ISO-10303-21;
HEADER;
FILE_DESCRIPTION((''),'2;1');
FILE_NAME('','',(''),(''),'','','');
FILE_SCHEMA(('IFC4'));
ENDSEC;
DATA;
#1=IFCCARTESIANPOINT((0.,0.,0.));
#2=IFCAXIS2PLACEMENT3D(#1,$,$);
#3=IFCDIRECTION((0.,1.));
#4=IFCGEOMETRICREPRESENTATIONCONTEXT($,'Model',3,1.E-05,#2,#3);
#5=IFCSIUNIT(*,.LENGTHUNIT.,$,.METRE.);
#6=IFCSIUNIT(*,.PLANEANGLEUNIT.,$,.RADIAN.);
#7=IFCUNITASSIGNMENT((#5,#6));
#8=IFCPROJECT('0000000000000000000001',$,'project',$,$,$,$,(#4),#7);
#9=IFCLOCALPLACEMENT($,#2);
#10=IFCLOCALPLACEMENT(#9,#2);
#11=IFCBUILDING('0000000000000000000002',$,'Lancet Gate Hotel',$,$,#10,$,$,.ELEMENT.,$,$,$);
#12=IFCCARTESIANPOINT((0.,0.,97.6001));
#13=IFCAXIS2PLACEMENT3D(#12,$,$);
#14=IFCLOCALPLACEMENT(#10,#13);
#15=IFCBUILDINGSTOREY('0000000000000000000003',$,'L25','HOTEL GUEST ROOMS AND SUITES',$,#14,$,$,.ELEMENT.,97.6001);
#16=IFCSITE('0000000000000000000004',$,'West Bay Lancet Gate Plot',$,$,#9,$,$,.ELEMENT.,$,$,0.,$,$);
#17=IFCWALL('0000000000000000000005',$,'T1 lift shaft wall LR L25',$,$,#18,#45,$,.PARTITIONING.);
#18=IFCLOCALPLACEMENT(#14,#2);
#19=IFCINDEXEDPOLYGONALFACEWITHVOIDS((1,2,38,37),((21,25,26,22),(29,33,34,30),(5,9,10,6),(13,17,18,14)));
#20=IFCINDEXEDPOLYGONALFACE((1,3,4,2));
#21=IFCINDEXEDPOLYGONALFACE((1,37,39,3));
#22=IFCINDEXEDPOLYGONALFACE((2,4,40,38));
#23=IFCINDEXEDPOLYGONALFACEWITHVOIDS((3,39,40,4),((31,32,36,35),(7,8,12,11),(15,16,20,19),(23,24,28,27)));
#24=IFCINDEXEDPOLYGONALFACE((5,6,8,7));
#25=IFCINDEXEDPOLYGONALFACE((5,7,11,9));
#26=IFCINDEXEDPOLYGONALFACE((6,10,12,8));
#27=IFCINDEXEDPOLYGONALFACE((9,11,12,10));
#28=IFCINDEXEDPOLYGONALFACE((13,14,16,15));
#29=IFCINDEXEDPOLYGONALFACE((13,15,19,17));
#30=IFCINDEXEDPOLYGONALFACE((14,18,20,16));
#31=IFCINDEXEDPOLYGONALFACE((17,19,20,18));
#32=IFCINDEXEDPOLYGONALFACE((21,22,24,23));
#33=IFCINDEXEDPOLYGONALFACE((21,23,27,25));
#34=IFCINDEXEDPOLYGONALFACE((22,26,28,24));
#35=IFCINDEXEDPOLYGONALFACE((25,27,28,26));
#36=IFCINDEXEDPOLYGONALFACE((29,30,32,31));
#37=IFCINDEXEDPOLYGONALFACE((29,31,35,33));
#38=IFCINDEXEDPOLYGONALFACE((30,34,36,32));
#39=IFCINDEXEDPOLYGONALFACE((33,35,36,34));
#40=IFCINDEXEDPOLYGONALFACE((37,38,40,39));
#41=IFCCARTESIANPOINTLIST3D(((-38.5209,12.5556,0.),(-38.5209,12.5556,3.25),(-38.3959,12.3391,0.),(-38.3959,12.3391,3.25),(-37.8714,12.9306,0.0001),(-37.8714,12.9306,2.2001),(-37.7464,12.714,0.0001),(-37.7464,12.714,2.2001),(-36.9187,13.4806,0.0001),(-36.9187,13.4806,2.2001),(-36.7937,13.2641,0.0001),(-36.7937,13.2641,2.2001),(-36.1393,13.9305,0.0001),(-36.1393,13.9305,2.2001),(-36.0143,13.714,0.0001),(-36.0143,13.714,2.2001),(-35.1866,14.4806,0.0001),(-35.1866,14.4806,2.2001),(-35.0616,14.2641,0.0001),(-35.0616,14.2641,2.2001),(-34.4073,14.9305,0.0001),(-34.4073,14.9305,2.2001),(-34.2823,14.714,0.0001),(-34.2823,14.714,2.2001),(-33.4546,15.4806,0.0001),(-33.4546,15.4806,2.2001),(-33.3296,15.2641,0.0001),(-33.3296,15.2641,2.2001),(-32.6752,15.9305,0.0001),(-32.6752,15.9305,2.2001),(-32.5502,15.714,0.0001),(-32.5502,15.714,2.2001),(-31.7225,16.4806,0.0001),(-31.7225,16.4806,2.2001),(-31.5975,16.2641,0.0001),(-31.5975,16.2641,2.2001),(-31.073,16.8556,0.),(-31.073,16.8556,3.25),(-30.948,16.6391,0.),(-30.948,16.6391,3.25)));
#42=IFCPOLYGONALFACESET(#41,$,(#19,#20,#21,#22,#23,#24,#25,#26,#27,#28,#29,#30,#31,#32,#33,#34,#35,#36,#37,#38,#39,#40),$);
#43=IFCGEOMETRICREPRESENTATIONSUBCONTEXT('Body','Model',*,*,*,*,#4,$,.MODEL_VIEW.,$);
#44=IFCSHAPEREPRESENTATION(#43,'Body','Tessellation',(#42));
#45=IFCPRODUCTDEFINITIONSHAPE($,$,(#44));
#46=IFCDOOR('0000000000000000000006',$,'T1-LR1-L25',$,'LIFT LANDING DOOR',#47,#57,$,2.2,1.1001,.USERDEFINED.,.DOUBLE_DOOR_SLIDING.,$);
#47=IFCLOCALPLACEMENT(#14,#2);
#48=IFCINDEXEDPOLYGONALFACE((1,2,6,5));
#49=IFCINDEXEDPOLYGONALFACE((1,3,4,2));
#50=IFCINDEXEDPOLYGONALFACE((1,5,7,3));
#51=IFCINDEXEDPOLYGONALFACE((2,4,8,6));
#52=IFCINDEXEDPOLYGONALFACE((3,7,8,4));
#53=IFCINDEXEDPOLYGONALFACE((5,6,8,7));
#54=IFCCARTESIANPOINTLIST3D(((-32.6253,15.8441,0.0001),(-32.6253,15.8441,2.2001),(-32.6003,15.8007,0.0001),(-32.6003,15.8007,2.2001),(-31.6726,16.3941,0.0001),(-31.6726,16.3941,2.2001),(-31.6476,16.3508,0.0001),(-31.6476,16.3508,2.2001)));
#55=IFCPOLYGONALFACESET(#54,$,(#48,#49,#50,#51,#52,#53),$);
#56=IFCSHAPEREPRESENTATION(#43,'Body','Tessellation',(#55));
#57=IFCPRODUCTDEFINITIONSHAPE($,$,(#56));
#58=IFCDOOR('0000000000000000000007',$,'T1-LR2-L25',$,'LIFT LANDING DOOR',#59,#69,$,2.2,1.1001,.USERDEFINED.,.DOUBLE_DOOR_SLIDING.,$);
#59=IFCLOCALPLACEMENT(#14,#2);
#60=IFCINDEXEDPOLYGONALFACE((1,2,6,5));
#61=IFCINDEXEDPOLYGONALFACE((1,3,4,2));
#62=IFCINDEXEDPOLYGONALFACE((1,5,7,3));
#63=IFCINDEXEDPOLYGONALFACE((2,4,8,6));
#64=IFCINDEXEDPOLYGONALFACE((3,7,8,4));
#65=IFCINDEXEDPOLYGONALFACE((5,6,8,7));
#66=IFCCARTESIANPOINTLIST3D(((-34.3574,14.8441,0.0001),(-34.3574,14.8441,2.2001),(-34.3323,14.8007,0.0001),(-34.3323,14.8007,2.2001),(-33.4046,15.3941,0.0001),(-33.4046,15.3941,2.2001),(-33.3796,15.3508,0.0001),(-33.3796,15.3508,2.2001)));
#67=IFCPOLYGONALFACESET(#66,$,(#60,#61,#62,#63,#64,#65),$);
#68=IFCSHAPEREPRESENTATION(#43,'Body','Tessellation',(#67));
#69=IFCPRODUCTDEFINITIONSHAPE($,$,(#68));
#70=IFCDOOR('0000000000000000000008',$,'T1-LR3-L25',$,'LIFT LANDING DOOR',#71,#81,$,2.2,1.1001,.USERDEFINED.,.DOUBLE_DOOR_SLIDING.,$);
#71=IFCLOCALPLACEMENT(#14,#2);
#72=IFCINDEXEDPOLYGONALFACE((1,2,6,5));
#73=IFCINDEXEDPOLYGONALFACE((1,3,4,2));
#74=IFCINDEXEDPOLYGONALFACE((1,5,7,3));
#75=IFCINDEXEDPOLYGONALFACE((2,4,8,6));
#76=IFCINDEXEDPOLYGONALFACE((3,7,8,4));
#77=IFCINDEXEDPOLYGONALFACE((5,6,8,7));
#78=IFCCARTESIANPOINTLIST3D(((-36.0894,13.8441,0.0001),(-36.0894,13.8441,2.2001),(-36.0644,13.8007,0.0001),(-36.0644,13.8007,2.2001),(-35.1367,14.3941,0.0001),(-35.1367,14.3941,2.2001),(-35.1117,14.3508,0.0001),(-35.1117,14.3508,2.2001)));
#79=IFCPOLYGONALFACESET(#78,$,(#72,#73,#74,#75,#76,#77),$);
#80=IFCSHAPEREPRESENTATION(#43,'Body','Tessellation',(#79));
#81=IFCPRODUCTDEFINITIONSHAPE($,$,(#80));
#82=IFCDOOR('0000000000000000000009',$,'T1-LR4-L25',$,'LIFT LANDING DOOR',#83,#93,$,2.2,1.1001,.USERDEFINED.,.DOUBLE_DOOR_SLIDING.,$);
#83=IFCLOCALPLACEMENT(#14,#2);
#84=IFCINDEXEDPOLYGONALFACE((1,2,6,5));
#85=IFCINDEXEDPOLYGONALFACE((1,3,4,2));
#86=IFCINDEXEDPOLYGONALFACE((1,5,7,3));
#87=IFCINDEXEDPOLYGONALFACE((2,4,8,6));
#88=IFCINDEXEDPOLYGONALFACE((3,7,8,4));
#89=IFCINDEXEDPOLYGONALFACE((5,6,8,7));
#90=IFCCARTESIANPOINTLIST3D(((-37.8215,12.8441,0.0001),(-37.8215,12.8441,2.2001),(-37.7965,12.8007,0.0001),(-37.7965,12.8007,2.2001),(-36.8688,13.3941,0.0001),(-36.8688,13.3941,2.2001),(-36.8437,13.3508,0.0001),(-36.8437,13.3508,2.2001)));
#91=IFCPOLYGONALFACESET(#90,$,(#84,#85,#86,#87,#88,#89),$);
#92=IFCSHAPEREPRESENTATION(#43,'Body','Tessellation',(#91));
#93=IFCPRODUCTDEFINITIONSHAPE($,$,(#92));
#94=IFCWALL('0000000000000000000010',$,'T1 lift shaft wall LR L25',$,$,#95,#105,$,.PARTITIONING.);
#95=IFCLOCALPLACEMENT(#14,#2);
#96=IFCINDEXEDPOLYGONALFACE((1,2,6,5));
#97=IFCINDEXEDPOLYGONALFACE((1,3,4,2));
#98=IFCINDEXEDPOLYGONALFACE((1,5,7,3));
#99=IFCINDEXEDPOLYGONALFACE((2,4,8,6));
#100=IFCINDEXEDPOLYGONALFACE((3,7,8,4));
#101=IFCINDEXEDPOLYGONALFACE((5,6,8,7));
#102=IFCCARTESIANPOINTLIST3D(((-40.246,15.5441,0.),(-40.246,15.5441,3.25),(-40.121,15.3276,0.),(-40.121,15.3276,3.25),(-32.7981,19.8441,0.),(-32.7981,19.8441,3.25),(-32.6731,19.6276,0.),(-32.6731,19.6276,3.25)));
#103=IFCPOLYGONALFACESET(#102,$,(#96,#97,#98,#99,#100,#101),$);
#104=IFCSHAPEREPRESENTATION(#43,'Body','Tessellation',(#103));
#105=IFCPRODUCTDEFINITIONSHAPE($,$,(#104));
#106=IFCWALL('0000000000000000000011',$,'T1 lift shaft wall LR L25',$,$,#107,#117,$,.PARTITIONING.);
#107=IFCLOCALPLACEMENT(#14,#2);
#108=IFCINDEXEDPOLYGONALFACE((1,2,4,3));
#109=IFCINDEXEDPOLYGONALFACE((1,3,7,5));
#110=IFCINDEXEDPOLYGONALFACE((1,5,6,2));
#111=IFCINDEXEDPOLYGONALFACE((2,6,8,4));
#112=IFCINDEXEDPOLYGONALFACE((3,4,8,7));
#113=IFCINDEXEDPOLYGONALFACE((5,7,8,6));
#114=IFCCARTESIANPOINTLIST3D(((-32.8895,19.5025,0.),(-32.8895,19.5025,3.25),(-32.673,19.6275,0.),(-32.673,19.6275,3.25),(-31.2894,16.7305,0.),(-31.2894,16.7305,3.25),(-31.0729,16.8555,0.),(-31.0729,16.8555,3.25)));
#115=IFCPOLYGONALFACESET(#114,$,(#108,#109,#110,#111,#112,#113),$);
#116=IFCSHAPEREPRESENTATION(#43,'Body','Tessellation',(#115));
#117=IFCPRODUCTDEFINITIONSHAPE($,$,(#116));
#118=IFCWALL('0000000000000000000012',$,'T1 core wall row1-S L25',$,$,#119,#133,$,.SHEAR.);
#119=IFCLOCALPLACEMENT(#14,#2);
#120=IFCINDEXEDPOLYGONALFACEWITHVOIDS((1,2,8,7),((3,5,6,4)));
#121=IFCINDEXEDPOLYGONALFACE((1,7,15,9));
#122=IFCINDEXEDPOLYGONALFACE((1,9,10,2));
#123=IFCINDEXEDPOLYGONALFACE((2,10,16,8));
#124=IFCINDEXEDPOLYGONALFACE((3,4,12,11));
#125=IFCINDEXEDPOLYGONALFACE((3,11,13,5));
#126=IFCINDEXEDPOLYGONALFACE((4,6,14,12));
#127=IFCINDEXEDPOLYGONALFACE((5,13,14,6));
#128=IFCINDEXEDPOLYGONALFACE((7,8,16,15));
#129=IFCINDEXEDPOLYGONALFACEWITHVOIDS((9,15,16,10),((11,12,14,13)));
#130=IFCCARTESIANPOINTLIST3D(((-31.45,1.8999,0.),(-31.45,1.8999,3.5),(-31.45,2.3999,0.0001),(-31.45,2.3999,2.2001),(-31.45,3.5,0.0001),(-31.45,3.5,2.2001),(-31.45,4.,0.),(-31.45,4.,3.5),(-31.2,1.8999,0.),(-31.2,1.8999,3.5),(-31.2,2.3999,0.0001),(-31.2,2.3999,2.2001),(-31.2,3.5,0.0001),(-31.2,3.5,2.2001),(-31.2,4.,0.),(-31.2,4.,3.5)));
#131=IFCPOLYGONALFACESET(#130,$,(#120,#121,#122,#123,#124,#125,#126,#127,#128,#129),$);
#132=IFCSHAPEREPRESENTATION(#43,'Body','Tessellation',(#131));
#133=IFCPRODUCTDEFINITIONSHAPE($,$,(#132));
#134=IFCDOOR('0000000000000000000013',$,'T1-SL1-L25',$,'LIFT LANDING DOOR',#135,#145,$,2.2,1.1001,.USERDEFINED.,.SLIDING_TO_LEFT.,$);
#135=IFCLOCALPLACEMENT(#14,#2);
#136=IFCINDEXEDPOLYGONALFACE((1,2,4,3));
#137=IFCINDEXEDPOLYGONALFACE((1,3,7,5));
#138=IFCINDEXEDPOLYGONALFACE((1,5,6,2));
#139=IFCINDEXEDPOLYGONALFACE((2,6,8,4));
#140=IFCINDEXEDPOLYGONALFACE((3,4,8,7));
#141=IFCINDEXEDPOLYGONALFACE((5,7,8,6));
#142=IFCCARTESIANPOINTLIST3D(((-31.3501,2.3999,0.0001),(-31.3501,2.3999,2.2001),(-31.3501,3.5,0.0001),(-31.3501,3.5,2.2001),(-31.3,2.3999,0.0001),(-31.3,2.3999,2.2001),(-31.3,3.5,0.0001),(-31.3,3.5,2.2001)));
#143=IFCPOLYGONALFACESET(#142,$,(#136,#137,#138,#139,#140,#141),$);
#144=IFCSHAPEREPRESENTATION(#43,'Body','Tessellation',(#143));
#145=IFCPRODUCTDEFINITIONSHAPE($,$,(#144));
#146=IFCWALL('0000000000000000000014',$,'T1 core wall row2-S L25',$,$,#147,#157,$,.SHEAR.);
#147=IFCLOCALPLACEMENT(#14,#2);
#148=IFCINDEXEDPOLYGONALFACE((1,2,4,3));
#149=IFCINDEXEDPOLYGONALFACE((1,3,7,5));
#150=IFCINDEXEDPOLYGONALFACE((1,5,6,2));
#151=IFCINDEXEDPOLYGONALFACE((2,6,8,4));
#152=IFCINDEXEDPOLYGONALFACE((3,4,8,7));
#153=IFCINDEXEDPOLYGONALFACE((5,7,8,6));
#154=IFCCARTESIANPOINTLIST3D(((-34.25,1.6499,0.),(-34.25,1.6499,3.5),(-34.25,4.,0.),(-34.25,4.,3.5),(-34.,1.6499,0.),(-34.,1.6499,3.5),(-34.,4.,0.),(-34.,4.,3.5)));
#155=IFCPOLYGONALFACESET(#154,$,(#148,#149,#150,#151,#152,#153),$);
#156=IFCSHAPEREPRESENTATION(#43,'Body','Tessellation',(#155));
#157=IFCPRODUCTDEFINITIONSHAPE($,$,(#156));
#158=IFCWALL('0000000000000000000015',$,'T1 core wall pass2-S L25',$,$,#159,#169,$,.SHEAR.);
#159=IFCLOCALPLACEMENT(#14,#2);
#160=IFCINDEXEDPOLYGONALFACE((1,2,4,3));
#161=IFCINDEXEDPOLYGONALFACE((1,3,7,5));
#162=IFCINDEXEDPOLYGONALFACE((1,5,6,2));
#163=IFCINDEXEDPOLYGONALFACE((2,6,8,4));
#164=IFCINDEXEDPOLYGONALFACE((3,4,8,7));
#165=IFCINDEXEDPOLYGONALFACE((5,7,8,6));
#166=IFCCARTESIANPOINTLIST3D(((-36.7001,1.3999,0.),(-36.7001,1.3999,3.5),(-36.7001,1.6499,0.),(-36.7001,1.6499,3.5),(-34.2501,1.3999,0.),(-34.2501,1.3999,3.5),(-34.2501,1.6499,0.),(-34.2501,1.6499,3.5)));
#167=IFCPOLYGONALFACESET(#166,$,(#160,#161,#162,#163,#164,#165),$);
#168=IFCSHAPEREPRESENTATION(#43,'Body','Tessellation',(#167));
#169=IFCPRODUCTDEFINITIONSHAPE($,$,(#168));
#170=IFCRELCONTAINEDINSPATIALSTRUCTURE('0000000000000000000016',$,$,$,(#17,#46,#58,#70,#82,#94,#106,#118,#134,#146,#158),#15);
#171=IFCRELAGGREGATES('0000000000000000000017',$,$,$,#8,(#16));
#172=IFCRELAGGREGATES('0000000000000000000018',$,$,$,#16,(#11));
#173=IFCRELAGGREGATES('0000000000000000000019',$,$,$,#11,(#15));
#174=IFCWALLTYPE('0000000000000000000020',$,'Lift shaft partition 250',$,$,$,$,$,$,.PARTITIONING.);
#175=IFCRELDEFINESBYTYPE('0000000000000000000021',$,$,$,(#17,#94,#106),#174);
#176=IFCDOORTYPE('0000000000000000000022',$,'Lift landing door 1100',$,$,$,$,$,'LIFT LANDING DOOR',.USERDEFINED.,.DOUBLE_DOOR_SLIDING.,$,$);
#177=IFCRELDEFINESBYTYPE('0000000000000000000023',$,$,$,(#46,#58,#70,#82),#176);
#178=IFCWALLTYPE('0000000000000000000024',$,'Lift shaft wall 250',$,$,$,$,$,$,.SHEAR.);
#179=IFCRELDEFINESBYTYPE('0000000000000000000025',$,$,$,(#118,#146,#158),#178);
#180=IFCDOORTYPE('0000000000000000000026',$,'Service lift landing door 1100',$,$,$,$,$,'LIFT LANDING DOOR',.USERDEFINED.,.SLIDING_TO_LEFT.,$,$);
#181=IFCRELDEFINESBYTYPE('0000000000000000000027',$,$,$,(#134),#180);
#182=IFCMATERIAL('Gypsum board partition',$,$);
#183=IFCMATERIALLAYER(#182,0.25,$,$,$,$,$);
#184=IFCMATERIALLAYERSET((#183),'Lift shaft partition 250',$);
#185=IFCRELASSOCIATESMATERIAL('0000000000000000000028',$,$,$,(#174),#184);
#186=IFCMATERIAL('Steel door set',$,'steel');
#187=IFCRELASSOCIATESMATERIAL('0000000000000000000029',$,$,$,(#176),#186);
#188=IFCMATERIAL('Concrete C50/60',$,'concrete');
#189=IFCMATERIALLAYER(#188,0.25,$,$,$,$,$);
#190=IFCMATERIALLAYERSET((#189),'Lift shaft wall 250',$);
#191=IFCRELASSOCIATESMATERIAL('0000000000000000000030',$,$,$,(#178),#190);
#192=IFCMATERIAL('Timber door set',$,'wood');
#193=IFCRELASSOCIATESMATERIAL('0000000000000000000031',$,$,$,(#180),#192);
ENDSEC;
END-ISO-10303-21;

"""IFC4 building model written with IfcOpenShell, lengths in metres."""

from ifc_helpers import new_model, si_unit, direction, frame, frame_2d, origin, place, context, subcontext, project, spatial, rectangle, extrude, material, layer, layer_set, type_object, element, fill, save


model = new_model("IFC4")

# Units and contexts
model_context = context("Model", 3, precision=1e-05, world=origin(), true_north=direction((0.0, 1.0)))
body_context = subcontext(model_context, "Body", "Model", "MODEL_VIEW")
ifc_project = project(units=[si_unit("LENGTHUNIT", "METRE"), si_unit("PLANEANGLEUNIT", "RADIAN")], contexts=[model_context])

# Site, building, storey
site_placement = place(None, origin())
site = spatial("IfcSite", under=ifc_project, at=site_placement, Name="West Bay Lancet Gate Plot", CompositionType="ELEMENT", RefElevation=0.0)
building_placement = place(site_placement, origin())
building = spatial("IfcBuilding", under=site, at=building_placement, Name="Lancet Gate Hotel", CompositionType="ELEMENT")
storey_placement = place(building_placement, frame((0.0, 0.0, 97.6001)))
storey = spatial("IfcBuildingStorey", under=building, at=storey_placement, Name="L25", Description="HOTEL GUEST ROOMS AND SUITES", CompositionType="ELEMENT", Elevation=97.6001)

# Wall, openings, doors
ifc_material_1 = material(Name="Gypsum board partition")
ifc_layer_1 = layer(ifc_material_1, 0.25)
ifc_layer_set_1 = layer_set([ifc_layer_1], Name="Lift shaft partition 250")
wall_type_1 = type_object("IfcWallType", Name="Lift shaft partition 250", PredefinedType="PARTITIONING", material=ifc_layer_set_1)
wall_1_placement = place(storey_placement, frame((-31.0105, 16.7473, 0.0), z_axis=(0.0, 0.0, 1.0), x_axis=(-0.866028, -0.499995, 0.0)))
wall_1 = element("IfcWall", 1, at=wall_1_placement, inside=storey, type_object=wall_type_1, Name="T1 lift shaft wall LR L25", PredefinedType="PARTITIONING", context=body_context, shape_type="SweptSolid", body=[
    extrude(rectangle(XDim=8.6001, YDim=0.25, at=frame_2d((4.3, 0.0))), origin(), (0.0, 0.0, 1.0), 3.25),
])
opening_1_placement = place(wall_1_placement, frame((0.75, 0.0, 0.0)))
opening_1 = element("IfcOpeningElement", 2, at=opening_1_placement, cuts=wall_1, PredefinedType="OPENING", context=body_context, shape_type="SweptSolid", body=[
    extrude(rectangle(XDim=1.1001, YDim=2.2, at=frame_2d((0.55, 1.1001))), frame((0.0, 0.135, 0.0), z_axis=(0.0, -1.0, 0.0), x_axis=(1.0, 0.0, 0.0)), (0.0, 0.0, 1.0), 0.27),
])
opening_2_placement = place(wall_1_placement, frame((2.75, 0.0, 0.0)))
opening_2 = element("IfcOpeningElement", 3, at=opening_2_placement, cuts=wall_1, PredefinedType="OPENING", context=body_context, shape_type="SweptSolid", body=[
    extrude(rectangle(XDim=1.1001, YDim=2.2, at=frame_2d((0.55, 1.1001))), frame((0.0, 0.135, 0.0), z_axis=(0.0, -1.0, 0.0), x_axis=(1.0, 0.0, 0.0)), (0.0, 0.0, 1.0), 0.27),
])
opening_3_placement = place(wall_1_placement, frame((4.75, 0.0, 0.0)))
opening_3 = element("IfcOpeningElement", 4, at=opening_3_placement, cuts=wall_1, PredefinedType="OPENING", context=body_context, shape_type="SweptSolid", body=[
    extrude(rectangle(XDim=1.1001, YDim=2.2, at=frame_2d((0.55, 1.1001))), frame((0.0, 0.135, 0.0), z_axis=(0.0, -1.0, 0.0), x_axis=(1.0, 0.0, 0.0)), (0.0, 0.0, 1.0), 0.27),
])
opening_4_placement = place(wall_1_placement, frame((6.75, 0.0, 0.0)))
opening_4 = element("IfcOpeningElement", 5, at=opening_4_placement, cuts=wall_1, PredefinedType="OPENING", context=body_context, shape_type="SweptSolid", body=[
    extrude(rectangle(XDim=1.1001, YDim=2.2, at=frame_2d((0.55, 1.1001))), frame((0.0, 0.135, 0.0), z_axis=(0.0, -1.0, 0.0), x_axis=(1.0, 0.0, 0.0)), (0.0, 0.0, 1.0), 0.27),
])
ifc_material_2 = material(Name="Steel door set", Category="steel")
door_type_1 = type_object("IfcDoorType", Name="Lift landing door 1100", ElementType="LIFT LANDING DOOR", OperationType="DOUBLE_DOOR_SLIDING", PredefinedType="USERDEFINED", material=ifc_material_2)
door_1_placement = place(opening_1_placement, origin())
door_1 = element("IfcDoor", 6, at=door_1_placement, inside=storey, type_object=door_type_1, Name="T1-LR1-L25", ObjectType="LIFT LANDING DOOR", OperationType="DOUBLE_DOOR_SLIDING", OverallHeight=2.2, OverallWidth=1.1001, PredefinedType="USERDEFINED", context=body_context, shape_type="SweptSolid", body=[
    extrude(rectangle(XDim=1.1001, YDim=2.2, at=frame_2d((0.55, 1.1001))), frame((0.0, 0.0249, 0.0), z_axis=(0.0, -1.0, 0.0), x_axis=(1.0, 0.0, 0.0)), (0.0, 0.0, 1.0), 0.05),
])
fill(opening_1, door_1)
door_2_placement = place(opening_2_placement, origin())
door_2 = element("IfcDoor", 7, at=door_2_placement, inside=storey, type_object=door_type_1, Name="T1-LR2-L25", ObjectType="LIFT LANDING DOOR", OperationType="DOUBLE_DOOR_SLIDING", OverallHeight=2.2, OverallWidth=1.1001, PredefinedType="USERDEFINED", context=body_context, shape_type="SweptSolid", body=[
    extrude(rectangle(XDim=1.1001, YDim=2.2, at=frame_2d((0.55, 1.1001))), frame((0.0, 0.0249, 0.0), z_axis=(0.0, -1.0, 0.0), x_axis=(1.0, 0.0, 0.0)), (0.0, 0.0, 1.0), 0.05),
])
fill(opening_2, door_2)
door_3_placement = place(opening_3_placement, origin())
door_3 = element("IfcDoor", 8, at=door_3_placement, inside=storey, type_object=door_type_1, Name="T1-LR3-L25", ObjectType="LIFT LANDING DOOR", OperationType="DOUBLE_DOOR_SLIDING", OverallHeight=2.2, OverallWidth=1.1001, PredefinedType="USERDEFINED", context=body_context, shape_type="SweptSolid", body=[
    extrude(rectangle(XDim=1.1001, YDim=2.2, at=frame_2d((0.55, 1.1001))), frame((0.0, 0.0249, 0.0), z_axis=(0.0, -1.0, 0.0), x_axis=(1.0, 0.0, 0.0)), (0.0, 0.0, 1.0), 0.05),
])
fill(opening_3, door_3)
door_4_placement = place(opening_4_placement, origin())
door_4 = element("IfcDoor", 9, at=door_4_placement, inside=storey, type_object=door_type_1, Name="T1-LR4-L25", ObjectType="LIFT LANDING DOOR", OperationType="DOUBLE_DOOR_SLIDING", OverallHeight=2.2, OverallWidth=1.1001, PredefinedType="USERDEFINED", context=body_context, shape_type="SweptSolid", body=[
    extrude(rectangle(XDim=1.1001, YDim=2.2, at=frame_2d((0.55, 1.1001))), frame((0.0, 0.0249, 0.0), z_axis=(0.0, -1.0, 0.0), x_axis=(1.0, 0.0, 0.0)), (0.0, 0.0, 1.0), 0.05),
])
fill(opening_4, door_4)

# Walls
wall_2_placement = place(storey_placement, frame((-32.7356, 19.7358, 0.0), z_axis=(0.0, 0.0, 1.0), x_axis=(-0.866028, -0.499995, 0.0)))
element("IfcWall", 10, at=wall_2_placement, inside=storey, type_object=wall_type_1, Name="T1 lift shaft wall LR L25", PredefinedType="PARTITIONING", context=body_context, shape_type="SweptSolid", body=[
    extrude(rectangle(XDim=8.6001, YDim=0.25, at=frame_2d((4.3, 0.0))), origin(), (0.0, 0.0, 1.0), 3.25),
])
wall_3_placement = place(storey_placement, frame((-31.1812, 16.793, 0.0), z_axis=(0.0, 0.0, 1.0), x_axis=(-0.499929, 0.866066, 0.0)))
element("IfcWall", 11, at=wall_3_placement, inside=storey, type_object=wall_type_1, Name="T1 lift shaft wall LR L25", PredefinedType="PARTITIONING", context=body_context, shape_type="SweptSolid", body=[
    extrude(rectangle(XDim=3.2007, YDim=0.25, at=frame_2d((1.6003, 0.0))), origin(), (0.0, 0.0, 1.0), 3.25),
])

# Wall, opening, door
ifc_material_3 = material(Name="Concrete C50/60", Category="concrete")
ifc_layer_2 = layer(ifc_material_3, 0.25)
ifc_layer_set_2 = layer_set([ifc_layer_2], Name="Lift shaft wall 250")
wall_type_2 = type_object("IfcWallType", Name="Lift shaft wall 250", PredefinedType="SHEAR", material=ifc_layer_set_2)
wall_4_placement = place(storey_placement, frame((-31.325, 4.0, 0.0), z_axis=(0.0, 0.0, 1.0), x_axis=(0.0, -1.0, 0.0)))
wall_4 = element("IfcWall", 12, at=wall_4_placement, inside=storey, type_object=wall_type_2, Name="T1 core wall row1-S L25", PredefinedType="SHEAR", context=body_context, shape_type="SweptSolid", body=[
    extrude(rectangle(XDim=2.1001, YDim=0.25, at=frame_2d((1.05, 0.0))), origin(), (0.0, 0.0, 1.0), 3.5),
])
opening_5_placement = place(wall_4_placement, frame((0.5, 0.0, 0.0)))
opening_5 = element("IfcOpeningElement", 13, at=opening_5_placement, cuts=wall_4, PredefinedType="OPENING", context=body_context, shape_type="SweptSolid", body=[
    extrude(rectangle(XDim=1.1001, YDim=2.2, at=frame_2d((0.55, 1.1001))), frame((0.0, 0.135, 0.0), z_axis=(0.0, -1.0, 0.0), x_axis=(1.0, 0.0, 0.0)), (0.0, 0.0, 1.0), 0.27),
])
ifc_material_4 = material(Name="Timber door set", Category="wood")
door_type_2 = type_object("IfcDoorType", Name="Service lift landing door 1100", ElementType="LIFT LANDING DOOR", OperationType="SLIDING_TO_LEFT", PredefinedType="USERDEFINED", material=ifc_material_4)
door_5_placement = place(opening_5_placement, origin())
door_5 = element("IfcDoor", 14, at=door_5_placement, inside=storey, type_object=door_type_2, Name="T1-SL1-L25", ObjectType="LIFT LANDING DOOR", OperationType="SLIDING_TO_LEFT", OverallHeight=2.2, OverallWidth=1.1001, PredefinedType="USERDEFINED", context=body_context, shape_type="SweptSolid", body=[
    extrude(rectangle(XDim=1.1001, YDim=2.2, at=frame_2d((0.55, 1.1001))), frame((0.0, 0.0249, 0.0), z_axis=(0.0, -1.0, 0.0), x_axis=(1.0, 0.0, 0.0)), (0.0, 0.0, 1.0), 0.05),
])
fill(opening_5, door_5)

# Walls
wall_5_placement = place(storey_placement, frame((-34.125, 4.0, 0.0), z_axis=(0.0, 0.0, 1.0), x_axis=(0.0, -1.0, 0.0)))
element("IfcWall", 15, at=wall_5_placement, inside=storey, type_object=wall_type_2, Name="T1 core wall row2-S L25", PredefinedType="SHEAR", context=body_context, shape_type="SweptSolid", body=[
    extrude(rectangle(XDim=2.3501, YDim=0.25, at=frame_2d((1.175, 0.0))), origin(), (0.0, 0.0, 1.0), 3.5),
])
wall_6_placement = place(storey_placement, frame((-34.25, 1.5249, 0.0), z_axis=(0.0, 0.0, 1.0), x_axis=(-1.0, 0.0, 0.0)))
element("IfcWall", 16, at=wall_6_placement, inside=storey, type_object=wall_type_2, Name="T1 core wall pass2-S L25", PredefinedType="SHEAR", context=body_context, shape_type="SweptSolid", body=[
    extrude(rectangle(XDim=2.45, YDim=0.25, at=frame_2d((1.2251, 0.0))), origin(), (0.0, 0.0, 1.0), 3.5),
])

save(model, "model.ifc")
